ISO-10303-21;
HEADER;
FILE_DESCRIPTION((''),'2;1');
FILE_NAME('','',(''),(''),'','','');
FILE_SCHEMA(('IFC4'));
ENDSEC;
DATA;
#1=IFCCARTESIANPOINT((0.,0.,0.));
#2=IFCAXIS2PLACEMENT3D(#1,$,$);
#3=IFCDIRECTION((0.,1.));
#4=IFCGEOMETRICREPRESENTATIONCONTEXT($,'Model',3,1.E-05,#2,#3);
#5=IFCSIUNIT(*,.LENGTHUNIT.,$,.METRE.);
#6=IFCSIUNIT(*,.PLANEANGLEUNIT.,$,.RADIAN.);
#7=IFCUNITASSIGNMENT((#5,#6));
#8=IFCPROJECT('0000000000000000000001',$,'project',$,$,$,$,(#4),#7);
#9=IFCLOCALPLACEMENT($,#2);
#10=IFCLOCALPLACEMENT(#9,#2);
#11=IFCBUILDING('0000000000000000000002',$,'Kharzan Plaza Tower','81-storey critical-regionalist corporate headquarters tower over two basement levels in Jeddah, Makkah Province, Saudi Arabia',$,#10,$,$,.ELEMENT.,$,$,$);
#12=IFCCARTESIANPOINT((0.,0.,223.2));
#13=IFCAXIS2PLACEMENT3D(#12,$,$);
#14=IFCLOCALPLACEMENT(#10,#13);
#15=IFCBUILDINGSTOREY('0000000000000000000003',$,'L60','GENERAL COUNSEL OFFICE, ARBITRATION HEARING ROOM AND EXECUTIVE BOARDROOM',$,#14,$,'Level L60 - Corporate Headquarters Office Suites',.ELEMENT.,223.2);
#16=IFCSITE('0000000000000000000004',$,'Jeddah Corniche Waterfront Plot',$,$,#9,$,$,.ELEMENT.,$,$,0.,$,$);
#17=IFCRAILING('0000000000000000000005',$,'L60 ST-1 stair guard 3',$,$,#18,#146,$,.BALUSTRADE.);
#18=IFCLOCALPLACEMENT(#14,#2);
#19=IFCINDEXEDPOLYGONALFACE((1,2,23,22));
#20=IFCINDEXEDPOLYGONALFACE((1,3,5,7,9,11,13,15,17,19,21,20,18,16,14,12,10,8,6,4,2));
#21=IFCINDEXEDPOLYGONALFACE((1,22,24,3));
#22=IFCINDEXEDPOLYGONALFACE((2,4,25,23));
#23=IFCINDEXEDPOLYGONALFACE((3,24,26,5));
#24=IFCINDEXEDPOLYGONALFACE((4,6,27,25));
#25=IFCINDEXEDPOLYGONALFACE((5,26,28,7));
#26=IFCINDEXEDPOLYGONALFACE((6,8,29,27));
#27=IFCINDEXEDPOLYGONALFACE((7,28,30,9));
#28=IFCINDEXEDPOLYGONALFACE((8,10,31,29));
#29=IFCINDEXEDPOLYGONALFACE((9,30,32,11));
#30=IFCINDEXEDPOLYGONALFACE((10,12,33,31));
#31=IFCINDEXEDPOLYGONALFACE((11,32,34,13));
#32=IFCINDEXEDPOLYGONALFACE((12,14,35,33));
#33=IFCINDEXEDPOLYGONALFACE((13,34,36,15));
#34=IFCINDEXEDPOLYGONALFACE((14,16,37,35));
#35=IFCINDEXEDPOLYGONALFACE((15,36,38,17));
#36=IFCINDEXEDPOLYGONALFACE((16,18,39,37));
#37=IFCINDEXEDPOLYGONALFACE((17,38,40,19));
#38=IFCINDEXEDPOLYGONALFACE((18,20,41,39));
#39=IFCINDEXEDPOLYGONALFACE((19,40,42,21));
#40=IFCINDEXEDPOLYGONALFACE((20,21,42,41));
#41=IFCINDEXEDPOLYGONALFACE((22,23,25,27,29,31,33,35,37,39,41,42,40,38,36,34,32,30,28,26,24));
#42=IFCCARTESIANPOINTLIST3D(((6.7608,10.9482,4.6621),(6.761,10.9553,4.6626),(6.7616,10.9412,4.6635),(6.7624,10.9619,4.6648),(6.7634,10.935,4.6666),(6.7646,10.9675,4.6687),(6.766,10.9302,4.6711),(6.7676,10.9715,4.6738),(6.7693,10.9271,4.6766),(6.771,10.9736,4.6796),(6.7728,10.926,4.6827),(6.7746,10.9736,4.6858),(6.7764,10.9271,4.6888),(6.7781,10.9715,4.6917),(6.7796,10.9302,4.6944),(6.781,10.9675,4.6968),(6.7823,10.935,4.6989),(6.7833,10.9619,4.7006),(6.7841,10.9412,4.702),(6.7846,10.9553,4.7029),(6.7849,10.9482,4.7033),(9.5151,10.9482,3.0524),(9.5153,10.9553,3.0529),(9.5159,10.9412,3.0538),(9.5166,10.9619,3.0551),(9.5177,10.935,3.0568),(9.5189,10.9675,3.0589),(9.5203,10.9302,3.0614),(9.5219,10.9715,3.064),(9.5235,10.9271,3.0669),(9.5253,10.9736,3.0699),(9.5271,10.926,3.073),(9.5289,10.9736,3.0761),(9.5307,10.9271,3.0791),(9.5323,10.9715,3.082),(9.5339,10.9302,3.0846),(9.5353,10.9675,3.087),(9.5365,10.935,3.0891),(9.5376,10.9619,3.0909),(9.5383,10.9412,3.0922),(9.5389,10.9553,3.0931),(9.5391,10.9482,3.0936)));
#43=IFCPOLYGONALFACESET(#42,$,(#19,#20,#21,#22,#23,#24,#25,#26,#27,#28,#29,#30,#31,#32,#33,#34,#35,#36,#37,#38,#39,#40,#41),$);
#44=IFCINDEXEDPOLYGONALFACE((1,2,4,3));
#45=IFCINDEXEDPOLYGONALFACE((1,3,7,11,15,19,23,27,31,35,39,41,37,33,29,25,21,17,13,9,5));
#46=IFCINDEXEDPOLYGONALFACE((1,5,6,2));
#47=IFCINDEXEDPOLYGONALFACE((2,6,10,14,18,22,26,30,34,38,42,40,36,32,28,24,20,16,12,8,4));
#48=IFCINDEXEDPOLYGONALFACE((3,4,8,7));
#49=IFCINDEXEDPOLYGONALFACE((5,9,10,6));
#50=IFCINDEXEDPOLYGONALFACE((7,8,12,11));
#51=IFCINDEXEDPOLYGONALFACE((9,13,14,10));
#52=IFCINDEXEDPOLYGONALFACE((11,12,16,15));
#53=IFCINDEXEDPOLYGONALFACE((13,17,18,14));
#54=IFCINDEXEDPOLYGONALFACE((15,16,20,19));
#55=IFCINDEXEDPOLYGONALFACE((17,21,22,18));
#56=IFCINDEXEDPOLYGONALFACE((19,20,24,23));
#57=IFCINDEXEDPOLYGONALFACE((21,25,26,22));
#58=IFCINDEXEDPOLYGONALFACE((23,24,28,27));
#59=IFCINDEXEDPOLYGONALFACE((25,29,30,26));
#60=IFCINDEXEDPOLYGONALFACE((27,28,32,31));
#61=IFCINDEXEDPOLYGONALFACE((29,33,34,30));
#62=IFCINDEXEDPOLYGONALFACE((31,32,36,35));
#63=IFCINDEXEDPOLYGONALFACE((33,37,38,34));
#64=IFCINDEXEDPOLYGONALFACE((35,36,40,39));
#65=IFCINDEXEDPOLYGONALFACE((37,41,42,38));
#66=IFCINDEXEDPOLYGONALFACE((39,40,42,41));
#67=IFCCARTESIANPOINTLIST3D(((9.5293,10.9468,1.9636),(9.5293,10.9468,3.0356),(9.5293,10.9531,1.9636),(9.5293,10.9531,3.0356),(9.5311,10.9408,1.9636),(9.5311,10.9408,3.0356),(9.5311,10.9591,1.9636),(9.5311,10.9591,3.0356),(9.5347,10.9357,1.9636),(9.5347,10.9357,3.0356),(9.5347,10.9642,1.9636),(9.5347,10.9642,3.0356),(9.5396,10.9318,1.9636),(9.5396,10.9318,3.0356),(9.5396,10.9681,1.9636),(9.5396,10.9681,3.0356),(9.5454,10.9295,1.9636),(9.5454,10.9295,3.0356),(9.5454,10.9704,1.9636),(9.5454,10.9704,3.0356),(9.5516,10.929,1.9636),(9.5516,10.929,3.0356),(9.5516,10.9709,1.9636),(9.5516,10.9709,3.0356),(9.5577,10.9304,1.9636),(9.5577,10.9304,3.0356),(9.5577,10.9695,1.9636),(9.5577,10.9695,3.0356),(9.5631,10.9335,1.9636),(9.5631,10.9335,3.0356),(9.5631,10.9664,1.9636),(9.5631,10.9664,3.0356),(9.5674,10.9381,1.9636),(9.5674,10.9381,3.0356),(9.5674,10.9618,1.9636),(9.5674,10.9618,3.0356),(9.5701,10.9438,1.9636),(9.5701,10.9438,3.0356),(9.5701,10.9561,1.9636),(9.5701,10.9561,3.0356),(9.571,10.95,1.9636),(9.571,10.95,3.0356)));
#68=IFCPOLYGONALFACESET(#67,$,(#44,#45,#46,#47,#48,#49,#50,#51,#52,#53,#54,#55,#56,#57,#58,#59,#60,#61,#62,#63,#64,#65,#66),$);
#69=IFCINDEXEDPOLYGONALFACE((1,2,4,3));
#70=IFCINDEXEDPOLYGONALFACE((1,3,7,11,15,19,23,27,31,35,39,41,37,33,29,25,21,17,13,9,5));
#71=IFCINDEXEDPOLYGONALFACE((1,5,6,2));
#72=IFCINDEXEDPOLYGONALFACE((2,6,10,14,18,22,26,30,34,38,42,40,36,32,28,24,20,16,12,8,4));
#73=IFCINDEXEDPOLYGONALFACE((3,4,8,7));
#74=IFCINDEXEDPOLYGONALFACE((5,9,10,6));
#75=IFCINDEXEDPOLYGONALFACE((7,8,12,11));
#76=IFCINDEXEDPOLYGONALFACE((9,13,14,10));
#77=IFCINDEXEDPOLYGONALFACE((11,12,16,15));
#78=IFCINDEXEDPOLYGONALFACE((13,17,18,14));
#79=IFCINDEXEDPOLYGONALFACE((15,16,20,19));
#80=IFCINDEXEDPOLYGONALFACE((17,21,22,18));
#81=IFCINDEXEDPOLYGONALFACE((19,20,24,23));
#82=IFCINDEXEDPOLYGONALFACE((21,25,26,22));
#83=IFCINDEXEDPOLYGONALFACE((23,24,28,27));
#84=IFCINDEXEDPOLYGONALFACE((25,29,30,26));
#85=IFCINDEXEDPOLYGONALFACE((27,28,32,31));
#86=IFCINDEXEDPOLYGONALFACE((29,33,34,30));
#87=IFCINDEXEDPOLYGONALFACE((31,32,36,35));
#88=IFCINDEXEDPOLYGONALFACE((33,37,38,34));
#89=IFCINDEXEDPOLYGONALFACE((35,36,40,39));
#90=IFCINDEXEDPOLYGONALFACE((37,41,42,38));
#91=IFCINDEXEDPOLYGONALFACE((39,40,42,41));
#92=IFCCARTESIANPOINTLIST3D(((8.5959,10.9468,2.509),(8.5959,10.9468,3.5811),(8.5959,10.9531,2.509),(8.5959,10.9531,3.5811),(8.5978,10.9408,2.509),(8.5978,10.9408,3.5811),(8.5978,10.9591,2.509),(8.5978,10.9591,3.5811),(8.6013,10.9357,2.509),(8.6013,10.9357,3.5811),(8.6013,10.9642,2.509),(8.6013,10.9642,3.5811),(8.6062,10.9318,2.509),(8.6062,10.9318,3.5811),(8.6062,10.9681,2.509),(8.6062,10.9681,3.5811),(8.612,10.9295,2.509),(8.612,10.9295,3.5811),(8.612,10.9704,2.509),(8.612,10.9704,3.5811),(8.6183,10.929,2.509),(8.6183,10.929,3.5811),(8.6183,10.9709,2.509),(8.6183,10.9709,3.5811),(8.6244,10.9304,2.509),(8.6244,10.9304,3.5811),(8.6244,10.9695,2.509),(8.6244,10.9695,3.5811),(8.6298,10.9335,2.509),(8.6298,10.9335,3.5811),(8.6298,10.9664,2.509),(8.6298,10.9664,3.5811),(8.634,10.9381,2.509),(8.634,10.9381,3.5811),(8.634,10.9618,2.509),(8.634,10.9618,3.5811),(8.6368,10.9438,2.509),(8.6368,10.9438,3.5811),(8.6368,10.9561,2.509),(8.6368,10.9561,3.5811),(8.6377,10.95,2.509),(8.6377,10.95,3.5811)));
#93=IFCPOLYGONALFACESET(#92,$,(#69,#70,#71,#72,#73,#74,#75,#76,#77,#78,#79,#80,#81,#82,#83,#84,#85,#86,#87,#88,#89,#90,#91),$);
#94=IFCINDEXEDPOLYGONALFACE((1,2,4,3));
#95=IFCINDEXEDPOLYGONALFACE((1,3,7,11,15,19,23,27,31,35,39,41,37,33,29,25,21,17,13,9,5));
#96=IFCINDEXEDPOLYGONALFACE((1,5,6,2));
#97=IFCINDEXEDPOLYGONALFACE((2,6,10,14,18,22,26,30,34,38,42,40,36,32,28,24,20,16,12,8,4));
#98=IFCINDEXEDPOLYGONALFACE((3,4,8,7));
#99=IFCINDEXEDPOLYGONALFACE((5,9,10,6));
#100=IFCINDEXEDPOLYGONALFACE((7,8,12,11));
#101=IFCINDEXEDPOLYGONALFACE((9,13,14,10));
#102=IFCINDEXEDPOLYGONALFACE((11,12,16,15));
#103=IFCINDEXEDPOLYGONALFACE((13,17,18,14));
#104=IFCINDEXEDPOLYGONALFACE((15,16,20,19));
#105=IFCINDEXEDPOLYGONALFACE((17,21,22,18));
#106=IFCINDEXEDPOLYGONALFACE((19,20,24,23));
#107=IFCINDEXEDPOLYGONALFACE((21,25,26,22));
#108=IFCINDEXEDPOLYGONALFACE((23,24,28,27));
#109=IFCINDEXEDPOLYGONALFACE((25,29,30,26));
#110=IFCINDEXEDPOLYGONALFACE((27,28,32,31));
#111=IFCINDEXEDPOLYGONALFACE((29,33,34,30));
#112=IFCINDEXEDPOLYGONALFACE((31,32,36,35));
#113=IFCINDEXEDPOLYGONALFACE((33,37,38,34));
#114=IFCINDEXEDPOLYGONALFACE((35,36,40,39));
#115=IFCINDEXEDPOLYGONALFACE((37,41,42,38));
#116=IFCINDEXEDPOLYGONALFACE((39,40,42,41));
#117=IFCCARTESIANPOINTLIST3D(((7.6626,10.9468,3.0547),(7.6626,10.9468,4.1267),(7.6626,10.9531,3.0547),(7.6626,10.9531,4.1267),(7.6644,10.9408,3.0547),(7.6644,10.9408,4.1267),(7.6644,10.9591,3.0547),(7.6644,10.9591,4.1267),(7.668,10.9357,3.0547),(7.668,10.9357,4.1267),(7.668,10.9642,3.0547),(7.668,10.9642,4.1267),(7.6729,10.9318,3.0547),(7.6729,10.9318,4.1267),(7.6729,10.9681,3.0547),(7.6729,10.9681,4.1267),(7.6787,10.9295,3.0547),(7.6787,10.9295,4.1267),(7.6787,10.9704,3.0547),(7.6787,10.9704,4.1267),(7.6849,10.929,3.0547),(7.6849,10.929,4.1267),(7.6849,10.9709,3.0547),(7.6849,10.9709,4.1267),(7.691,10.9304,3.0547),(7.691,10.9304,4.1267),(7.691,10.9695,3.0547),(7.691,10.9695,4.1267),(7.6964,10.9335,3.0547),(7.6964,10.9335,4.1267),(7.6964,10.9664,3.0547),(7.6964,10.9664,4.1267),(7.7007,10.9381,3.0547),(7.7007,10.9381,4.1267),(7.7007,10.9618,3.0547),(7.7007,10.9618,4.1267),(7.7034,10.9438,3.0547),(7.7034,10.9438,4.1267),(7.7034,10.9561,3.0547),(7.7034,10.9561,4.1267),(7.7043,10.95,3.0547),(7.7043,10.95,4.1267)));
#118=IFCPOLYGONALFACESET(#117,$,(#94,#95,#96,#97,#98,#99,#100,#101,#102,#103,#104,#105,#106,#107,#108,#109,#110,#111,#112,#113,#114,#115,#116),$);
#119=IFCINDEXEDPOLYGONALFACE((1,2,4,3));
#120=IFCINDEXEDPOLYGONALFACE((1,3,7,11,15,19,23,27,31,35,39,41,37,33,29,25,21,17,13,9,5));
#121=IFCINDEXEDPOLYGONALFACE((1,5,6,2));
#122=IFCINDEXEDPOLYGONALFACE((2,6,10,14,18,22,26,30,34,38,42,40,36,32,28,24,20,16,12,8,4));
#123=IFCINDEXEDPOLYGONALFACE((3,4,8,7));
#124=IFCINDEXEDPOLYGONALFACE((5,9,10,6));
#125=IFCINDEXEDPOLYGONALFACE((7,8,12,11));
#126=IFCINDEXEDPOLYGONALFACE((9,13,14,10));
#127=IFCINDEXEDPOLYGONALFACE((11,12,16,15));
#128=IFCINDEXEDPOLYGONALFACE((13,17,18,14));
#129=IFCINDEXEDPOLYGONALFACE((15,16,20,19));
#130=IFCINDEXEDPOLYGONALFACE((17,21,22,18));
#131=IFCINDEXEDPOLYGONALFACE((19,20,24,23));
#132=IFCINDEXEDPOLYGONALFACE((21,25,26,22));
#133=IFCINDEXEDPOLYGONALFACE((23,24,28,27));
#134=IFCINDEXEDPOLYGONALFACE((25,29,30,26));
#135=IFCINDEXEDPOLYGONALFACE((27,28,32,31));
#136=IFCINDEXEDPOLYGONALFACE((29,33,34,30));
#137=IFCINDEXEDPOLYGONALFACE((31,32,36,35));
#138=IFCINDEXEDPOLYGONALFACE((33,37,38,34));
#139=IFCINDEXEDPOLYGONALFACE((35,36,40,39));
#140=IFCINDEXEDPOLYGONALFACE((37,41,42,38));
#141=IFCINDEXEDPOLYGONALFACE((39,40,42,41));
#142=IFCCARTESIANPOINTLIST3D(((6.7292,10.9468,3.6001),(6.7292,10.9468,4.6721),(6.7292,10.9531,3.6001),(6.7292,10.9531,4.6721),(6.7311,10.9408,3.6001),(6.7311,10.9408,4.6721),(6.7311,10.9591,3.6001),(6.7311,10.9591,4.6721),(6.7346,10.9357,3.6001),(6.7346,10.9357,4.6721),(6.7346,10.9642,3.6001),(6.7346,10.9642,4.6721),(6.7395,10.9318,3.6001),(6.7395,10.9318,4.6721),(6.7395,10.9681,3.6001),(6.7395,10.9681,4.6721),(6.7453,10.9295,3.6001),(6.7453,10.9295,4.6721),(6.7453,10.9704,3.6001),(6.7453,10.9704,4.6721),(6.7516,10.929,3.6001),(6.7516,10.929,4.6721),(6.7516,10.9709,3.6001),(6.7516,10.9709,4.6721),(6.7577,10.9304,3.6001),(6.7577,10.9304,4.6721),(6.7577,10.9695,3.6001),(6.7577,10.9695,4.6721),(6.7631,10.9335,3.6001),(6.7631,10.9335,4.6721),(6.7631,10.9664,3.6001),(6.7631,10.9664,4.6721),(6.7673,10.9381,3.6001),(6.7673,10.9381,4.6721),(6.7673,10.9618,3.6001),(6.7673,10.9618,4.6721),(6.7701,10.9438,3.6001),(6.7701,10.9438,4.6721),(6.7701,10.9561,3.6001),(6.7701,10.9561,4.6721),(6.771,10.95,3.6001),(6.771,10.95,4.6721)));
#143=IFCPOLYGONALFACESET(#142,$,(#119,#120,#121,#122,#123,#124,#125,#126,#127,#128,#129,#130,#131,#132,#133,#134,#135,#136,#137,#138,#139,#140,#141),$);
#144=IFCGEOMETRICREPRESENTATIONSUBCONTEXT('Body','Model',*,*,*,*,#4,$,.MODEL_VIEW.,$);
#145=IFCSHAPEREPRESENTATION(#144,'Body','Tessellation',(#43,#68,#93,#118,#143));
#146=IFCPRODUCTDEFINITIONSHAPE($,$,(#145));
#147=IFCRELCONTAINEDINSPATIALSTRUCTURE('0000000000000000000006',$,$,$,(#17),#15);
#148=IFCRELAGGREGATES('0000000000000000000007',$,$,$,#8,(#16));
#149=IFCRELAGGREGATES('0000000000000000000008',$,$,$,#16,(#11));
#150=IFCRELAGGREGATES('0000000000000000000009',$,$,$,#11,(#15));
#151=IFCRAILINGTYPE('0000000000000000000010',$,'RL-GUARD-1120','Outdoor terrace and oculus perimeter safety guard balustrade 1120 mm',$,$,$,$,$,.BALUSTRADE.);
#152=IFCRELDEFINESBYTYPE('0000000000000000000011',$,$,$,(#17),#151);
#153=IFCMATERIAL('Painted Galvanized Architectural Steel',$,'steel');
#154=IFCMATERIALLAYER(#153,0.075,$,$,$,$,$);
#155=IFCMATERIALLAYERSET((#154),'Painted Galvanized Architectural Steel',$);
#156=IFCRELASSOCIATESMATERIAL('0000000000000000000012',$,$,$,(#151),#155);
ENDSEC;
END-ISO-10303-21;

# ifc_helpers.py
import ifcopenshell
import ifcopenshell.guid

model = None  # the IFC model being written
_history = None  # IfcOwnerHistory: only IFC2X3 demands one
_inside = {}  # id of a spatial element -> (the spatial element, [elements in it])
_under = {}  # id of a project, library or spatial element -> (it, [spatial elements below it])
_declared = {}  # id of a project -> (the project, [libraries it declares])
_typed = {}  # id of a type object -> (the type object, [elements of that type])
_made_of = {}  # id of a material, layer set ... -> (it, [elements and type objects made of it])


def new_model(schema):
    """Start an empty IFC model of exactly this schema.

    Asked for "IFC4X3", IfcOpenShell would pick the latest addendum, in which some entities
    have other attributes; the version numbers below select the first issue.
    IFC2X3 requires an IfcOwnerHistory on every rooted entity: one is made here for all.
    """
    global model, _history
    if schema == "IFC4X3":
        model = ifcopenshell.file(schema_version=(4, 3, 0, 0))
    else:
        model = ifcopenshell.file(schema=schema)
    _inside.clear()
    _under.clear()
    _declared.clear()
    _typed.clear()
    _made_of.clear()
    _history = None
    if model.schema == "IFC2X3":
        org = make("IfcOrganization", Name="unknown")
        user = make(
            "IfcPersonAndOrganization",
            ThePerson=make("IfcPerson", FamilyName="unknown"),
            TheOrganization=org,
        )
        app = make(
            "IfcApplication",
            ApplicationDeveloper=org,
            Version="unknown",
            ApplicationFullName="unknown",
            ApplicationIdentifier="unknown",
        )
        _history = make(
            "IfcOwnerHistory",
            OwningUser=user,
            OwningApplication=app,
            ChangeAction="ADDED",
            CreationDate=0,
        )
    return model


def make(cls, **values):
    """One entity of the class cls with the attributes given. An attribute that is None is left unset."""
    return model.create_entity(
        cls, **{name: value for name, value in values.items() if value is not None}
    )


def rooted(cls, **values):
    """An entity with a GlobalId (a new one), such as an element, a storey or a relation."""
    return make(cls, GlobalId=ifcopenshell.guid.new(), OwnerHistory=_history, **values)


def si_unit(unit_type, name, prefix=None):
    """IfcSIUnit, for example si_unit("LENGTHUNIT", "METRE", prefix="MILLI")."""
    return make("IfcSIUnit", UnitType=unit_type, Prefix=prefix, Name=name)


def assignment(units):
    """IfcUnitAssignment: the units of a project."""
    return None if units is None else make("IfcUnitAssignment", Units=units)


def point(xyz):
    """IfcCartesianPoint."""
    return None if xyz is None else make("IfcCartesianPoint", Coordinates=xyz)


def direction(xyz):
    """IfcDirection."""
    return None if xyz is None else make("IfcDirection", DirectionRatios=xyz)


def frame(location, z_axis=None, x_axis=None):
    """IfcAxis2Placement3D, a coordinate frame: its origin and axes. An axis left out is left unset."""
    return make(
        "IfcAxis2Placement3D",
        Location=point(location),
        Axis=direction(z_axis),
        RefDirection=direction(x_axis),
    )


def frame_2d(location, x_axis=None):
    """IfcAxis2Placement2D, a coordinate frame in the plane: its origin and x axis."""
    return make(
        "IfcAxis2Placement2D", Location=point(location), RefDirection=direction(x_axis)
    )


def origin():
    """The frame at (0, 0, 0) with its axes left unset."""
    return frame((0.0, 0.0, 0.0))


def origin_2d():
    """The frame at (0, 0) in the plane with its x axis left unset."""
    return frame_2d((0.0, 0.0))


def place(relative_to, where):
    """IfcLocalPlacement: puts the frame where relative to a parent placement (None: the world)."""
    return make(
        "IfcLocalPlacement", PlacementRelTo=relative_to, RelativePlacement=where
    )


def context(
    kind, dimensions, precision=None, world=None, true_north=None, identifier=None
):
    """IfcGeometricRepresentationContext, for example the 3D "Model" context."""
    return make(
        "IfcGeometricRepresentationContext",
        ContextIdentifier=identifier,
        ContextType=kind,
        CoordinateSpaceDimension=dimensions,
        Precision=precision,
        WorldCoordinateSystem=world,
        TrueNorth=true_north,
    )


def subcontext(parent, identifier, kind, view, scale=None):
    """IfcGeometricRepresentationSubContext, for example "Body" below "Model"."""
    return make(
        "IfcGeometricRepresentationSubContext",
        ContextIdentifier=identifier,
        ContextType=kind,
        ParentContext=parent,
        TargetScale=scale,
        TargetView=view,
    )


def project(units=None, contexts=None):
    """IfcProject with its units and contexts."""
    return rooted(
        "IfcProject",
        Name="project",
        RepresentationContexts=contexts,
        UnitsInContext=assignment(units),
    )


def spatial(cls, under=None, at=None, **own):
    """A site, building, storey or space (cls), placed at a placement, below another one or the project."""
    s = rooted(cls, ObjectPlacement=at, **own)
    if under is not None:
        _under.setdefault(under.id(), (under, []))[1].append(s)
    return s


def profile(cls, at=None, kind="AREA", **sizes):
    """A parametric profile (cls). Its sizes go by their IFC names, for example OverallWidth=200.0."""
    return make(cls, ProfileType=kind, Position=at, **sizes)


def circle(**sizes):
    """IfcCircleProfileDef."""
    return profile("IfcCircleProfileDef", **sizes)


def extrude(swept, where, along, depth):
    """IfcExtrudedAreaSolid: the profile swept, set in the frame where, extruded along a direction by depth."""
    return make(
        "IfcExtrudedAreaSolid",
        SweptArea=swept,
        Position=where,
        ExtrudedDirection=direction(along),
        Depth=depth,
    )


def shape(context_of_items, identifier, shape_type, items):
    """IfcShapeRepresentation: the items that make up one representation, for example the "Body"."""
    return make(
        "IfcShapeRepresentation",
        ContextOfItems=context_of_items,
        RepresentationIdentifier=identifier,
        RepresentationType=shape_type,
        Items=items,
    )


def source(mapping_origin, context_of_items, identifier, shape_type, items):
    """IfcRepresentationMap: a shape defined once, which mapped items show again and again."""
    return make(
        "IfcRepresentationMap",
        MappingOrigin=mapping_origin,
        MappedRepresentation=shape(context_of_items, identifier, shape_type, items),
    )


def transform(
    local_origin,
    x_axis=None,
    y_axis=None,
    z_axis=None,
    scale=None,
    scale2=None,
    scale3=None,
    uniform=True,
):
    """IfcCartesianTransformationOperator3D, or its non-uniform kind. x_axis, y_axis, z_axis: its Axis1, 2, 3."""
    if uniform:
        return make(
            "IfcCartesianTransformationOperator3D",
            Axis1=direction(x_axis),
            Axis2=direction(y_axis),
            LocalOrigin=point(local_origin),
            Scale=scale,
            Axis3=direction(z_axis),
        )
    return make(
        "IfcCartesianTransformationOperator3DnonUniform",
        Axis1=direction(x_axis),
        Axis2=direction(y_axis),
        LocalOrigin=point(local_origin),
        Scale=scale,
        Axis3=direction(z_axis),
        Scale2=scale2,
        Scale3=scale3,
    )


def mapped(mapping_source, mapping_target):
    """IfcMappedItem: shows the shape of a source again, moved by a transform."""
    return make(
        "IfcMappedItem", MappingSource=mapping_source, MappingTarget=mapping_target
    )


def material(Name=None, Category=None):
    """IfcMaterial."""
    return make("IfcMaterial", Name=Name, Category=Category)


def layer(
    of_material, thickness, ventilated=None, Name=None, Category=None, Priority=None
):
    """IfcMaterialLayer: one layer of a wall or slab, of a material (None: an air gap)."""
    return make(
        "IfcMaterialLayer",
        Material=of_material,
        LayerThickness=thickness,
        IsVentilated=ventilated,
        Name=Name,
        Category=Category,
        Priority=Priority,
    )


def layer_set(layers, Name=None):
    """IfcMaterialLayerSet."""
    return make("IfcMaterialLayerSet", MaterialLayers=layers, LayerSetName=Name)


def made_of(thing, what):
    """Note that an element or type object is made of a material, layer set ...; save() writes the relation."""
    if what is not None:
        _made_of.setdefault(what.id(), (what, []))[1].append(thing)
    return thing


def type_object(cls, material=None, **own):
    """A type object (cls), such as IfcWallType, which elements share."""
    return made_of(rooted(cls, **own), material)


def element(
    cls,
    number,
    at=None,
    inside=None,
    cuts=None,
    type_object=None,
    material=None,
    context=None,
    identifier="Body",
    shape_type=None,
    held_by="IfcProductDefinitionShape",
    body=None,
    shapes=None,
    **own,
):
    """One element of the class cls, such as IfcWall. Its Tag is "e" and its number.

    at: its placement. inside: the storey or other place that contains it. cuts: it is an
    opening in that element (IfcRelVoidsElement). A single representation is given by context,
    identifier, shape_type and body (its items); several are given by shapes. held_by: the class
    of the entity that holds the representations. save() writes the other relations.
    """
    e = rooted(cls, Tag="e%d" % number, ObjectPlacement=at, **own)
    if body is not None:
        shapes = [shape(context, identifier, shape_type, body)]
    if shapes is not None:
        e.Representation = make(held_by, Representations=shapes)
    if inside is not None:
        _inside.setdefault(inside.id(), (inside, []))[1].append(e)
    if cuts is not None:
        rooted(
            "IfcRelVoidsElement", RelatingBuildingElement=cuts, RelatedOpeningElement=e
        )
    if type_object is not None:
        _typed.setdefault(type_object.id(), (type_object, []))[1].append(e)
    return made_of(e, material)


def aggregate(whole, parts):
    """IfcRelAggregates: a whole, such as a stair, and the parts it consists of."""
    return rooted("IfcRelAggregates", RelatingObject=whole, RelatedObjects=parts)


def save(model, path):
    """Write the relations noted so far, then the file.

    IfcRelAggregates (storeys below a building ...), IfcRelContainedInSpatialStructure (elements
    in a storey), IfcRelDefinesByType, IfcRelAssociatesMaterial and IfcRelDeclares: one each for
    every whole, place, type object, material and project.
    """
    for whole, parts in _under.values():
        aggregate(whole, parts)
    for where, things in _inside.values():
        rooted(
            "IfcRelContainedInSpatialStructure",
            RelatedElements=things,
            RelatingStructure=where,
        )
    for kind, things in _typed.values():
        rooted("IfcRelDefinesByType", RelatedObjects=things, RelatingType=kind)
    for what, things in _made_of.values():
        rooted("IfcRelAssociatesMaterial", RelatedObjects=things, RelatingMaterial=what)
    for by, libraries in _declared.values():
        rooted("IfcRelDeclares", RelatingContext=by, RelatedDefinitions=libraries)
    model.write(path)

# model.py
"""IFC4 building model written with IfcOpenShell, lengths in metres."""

from ifc_helpers import new_model, si_unit, direction, frame, origin, origin_2d, place, context, subcontext, project, spatial, circle, extrude, source, transform, mapped, material, layer, layer_set, type_object, element, save


model = new_model("IFC4")

# Units and contexts
model_context = context("Model", 3, precision=1e-05, world=origin(), true_north=direction((0.0, 1.0)))
body_context = subcontext(model_context, "Body", "Model", "MODEL_VIEW")
ifc_project = project(units=[si_unit("LENGTHUNIT", "METRE"), si_unit("PLANEANGLEUNIT", "RADIAN")], contexts=[model_context])

# Site, building, storey
site_placement = place(None, origin())
site = spatial("IfcSite", under=ifc_project, at=site_placement, Name="Jeddah Corniche Waterfront Plot", CompositionType="ELEMENT", RefElevation=0.0)
building_placement = place(site_placement, origin())
building = spatial("IfcBuilding", under=site, at=building_placement, Name="Kharzan Plaza Tower", Description="81-storey critical-regionalist corporate headquarters tower over two basement levels in Jeddah, Makkah Province, Saudi Arabia", CompositionType="ELEMENT")
storey_placement = place(building_placement, frame((0.0, 0.0, 223.2)))
storey = spatial("IfcBuildingStorey", under=building, at=storey_placement, Name="L60", Description="GENERAL COUNSEL OFFICE, ARBITRATION HEARING ROOM AND EXECUTIVE BOARDROOM", LongName="Level L60 - Corporate Headquarters Office Suites", CompositionType="ELEMENT", Elevation=223.2)

# Railing
ifc_material_1 = material(Name="Painted Galvanized Architectural Steel", Category="steel")
ifc_layer_1 = layer(ifc_material_1, 0.075)
ifc_layer_set_1 = layer_set([ifc_layer_1], Name="Painted Galvanized Architectural Steel")
railing_type_1 = type_object("IfcRailingType", Name="RL-GUARD-1120", Description="Outdoor terrace and oculus perimeter safety guard balustrade 1120 mm", PredefinedType="BALUSTRADE", material=ifc_layer_set_1)
shared_shape_1 = source(origin(), body_context, "Body", "SweptSolid", [
    extrude(circle(Radius=0.0239, at=origin_2d()), frame((-0.0229, 0.0, 1.1094), z_axis=(-0.863361, 0.0, 0.504587), x_axis=(0.0, -1.0, 0.0)), (0.0, 0.0, 1.0), 3.1902),
    extrude(circle(Radius=0.021, at=origin_2d()), origin(), (0.0, 0.0, 1.0), 1.072),
    extrude(circle(Radius=0.021, at=origin_2d()), frame((-0.9333, 0.0, 0.5454)), (0.0, 0.0, 1.0), 1.072),
    extrude(circle(Radius=0.021, at=origin_2d()), frame((-1.8667, 0.0, 1.0911)), (0.0, 0.0, 1.0), 1.072),
    extrude(circle(Radius=0.021, at=origin_2d()), frame((-2.8, 0.0, 1.6365)), (0.0, 0.0, 1.0), 1.072),
])
railing_1_placement = place(storey_placement, frame((9.55, 10.95, 1.9636)))
element("IfcRailing", 1, at=railing_1_placement, inside=storey, type_object=railing_type_1, Name="L60 ST-1 stair guard 3", PredefinedType="BALUSTRADE", context=body_context, shape_type="MappedRepresentation", body=[
    mapped(shared_shape_1, transform((0.0, 0.0, 0.0), x_axis=(1.0, 0.0, 0.0), y_axis=(0.0, 1.0, 0.0), z_axis=(0.0, 0.0, 1.0))),
])

save(model, "model.ifc")
